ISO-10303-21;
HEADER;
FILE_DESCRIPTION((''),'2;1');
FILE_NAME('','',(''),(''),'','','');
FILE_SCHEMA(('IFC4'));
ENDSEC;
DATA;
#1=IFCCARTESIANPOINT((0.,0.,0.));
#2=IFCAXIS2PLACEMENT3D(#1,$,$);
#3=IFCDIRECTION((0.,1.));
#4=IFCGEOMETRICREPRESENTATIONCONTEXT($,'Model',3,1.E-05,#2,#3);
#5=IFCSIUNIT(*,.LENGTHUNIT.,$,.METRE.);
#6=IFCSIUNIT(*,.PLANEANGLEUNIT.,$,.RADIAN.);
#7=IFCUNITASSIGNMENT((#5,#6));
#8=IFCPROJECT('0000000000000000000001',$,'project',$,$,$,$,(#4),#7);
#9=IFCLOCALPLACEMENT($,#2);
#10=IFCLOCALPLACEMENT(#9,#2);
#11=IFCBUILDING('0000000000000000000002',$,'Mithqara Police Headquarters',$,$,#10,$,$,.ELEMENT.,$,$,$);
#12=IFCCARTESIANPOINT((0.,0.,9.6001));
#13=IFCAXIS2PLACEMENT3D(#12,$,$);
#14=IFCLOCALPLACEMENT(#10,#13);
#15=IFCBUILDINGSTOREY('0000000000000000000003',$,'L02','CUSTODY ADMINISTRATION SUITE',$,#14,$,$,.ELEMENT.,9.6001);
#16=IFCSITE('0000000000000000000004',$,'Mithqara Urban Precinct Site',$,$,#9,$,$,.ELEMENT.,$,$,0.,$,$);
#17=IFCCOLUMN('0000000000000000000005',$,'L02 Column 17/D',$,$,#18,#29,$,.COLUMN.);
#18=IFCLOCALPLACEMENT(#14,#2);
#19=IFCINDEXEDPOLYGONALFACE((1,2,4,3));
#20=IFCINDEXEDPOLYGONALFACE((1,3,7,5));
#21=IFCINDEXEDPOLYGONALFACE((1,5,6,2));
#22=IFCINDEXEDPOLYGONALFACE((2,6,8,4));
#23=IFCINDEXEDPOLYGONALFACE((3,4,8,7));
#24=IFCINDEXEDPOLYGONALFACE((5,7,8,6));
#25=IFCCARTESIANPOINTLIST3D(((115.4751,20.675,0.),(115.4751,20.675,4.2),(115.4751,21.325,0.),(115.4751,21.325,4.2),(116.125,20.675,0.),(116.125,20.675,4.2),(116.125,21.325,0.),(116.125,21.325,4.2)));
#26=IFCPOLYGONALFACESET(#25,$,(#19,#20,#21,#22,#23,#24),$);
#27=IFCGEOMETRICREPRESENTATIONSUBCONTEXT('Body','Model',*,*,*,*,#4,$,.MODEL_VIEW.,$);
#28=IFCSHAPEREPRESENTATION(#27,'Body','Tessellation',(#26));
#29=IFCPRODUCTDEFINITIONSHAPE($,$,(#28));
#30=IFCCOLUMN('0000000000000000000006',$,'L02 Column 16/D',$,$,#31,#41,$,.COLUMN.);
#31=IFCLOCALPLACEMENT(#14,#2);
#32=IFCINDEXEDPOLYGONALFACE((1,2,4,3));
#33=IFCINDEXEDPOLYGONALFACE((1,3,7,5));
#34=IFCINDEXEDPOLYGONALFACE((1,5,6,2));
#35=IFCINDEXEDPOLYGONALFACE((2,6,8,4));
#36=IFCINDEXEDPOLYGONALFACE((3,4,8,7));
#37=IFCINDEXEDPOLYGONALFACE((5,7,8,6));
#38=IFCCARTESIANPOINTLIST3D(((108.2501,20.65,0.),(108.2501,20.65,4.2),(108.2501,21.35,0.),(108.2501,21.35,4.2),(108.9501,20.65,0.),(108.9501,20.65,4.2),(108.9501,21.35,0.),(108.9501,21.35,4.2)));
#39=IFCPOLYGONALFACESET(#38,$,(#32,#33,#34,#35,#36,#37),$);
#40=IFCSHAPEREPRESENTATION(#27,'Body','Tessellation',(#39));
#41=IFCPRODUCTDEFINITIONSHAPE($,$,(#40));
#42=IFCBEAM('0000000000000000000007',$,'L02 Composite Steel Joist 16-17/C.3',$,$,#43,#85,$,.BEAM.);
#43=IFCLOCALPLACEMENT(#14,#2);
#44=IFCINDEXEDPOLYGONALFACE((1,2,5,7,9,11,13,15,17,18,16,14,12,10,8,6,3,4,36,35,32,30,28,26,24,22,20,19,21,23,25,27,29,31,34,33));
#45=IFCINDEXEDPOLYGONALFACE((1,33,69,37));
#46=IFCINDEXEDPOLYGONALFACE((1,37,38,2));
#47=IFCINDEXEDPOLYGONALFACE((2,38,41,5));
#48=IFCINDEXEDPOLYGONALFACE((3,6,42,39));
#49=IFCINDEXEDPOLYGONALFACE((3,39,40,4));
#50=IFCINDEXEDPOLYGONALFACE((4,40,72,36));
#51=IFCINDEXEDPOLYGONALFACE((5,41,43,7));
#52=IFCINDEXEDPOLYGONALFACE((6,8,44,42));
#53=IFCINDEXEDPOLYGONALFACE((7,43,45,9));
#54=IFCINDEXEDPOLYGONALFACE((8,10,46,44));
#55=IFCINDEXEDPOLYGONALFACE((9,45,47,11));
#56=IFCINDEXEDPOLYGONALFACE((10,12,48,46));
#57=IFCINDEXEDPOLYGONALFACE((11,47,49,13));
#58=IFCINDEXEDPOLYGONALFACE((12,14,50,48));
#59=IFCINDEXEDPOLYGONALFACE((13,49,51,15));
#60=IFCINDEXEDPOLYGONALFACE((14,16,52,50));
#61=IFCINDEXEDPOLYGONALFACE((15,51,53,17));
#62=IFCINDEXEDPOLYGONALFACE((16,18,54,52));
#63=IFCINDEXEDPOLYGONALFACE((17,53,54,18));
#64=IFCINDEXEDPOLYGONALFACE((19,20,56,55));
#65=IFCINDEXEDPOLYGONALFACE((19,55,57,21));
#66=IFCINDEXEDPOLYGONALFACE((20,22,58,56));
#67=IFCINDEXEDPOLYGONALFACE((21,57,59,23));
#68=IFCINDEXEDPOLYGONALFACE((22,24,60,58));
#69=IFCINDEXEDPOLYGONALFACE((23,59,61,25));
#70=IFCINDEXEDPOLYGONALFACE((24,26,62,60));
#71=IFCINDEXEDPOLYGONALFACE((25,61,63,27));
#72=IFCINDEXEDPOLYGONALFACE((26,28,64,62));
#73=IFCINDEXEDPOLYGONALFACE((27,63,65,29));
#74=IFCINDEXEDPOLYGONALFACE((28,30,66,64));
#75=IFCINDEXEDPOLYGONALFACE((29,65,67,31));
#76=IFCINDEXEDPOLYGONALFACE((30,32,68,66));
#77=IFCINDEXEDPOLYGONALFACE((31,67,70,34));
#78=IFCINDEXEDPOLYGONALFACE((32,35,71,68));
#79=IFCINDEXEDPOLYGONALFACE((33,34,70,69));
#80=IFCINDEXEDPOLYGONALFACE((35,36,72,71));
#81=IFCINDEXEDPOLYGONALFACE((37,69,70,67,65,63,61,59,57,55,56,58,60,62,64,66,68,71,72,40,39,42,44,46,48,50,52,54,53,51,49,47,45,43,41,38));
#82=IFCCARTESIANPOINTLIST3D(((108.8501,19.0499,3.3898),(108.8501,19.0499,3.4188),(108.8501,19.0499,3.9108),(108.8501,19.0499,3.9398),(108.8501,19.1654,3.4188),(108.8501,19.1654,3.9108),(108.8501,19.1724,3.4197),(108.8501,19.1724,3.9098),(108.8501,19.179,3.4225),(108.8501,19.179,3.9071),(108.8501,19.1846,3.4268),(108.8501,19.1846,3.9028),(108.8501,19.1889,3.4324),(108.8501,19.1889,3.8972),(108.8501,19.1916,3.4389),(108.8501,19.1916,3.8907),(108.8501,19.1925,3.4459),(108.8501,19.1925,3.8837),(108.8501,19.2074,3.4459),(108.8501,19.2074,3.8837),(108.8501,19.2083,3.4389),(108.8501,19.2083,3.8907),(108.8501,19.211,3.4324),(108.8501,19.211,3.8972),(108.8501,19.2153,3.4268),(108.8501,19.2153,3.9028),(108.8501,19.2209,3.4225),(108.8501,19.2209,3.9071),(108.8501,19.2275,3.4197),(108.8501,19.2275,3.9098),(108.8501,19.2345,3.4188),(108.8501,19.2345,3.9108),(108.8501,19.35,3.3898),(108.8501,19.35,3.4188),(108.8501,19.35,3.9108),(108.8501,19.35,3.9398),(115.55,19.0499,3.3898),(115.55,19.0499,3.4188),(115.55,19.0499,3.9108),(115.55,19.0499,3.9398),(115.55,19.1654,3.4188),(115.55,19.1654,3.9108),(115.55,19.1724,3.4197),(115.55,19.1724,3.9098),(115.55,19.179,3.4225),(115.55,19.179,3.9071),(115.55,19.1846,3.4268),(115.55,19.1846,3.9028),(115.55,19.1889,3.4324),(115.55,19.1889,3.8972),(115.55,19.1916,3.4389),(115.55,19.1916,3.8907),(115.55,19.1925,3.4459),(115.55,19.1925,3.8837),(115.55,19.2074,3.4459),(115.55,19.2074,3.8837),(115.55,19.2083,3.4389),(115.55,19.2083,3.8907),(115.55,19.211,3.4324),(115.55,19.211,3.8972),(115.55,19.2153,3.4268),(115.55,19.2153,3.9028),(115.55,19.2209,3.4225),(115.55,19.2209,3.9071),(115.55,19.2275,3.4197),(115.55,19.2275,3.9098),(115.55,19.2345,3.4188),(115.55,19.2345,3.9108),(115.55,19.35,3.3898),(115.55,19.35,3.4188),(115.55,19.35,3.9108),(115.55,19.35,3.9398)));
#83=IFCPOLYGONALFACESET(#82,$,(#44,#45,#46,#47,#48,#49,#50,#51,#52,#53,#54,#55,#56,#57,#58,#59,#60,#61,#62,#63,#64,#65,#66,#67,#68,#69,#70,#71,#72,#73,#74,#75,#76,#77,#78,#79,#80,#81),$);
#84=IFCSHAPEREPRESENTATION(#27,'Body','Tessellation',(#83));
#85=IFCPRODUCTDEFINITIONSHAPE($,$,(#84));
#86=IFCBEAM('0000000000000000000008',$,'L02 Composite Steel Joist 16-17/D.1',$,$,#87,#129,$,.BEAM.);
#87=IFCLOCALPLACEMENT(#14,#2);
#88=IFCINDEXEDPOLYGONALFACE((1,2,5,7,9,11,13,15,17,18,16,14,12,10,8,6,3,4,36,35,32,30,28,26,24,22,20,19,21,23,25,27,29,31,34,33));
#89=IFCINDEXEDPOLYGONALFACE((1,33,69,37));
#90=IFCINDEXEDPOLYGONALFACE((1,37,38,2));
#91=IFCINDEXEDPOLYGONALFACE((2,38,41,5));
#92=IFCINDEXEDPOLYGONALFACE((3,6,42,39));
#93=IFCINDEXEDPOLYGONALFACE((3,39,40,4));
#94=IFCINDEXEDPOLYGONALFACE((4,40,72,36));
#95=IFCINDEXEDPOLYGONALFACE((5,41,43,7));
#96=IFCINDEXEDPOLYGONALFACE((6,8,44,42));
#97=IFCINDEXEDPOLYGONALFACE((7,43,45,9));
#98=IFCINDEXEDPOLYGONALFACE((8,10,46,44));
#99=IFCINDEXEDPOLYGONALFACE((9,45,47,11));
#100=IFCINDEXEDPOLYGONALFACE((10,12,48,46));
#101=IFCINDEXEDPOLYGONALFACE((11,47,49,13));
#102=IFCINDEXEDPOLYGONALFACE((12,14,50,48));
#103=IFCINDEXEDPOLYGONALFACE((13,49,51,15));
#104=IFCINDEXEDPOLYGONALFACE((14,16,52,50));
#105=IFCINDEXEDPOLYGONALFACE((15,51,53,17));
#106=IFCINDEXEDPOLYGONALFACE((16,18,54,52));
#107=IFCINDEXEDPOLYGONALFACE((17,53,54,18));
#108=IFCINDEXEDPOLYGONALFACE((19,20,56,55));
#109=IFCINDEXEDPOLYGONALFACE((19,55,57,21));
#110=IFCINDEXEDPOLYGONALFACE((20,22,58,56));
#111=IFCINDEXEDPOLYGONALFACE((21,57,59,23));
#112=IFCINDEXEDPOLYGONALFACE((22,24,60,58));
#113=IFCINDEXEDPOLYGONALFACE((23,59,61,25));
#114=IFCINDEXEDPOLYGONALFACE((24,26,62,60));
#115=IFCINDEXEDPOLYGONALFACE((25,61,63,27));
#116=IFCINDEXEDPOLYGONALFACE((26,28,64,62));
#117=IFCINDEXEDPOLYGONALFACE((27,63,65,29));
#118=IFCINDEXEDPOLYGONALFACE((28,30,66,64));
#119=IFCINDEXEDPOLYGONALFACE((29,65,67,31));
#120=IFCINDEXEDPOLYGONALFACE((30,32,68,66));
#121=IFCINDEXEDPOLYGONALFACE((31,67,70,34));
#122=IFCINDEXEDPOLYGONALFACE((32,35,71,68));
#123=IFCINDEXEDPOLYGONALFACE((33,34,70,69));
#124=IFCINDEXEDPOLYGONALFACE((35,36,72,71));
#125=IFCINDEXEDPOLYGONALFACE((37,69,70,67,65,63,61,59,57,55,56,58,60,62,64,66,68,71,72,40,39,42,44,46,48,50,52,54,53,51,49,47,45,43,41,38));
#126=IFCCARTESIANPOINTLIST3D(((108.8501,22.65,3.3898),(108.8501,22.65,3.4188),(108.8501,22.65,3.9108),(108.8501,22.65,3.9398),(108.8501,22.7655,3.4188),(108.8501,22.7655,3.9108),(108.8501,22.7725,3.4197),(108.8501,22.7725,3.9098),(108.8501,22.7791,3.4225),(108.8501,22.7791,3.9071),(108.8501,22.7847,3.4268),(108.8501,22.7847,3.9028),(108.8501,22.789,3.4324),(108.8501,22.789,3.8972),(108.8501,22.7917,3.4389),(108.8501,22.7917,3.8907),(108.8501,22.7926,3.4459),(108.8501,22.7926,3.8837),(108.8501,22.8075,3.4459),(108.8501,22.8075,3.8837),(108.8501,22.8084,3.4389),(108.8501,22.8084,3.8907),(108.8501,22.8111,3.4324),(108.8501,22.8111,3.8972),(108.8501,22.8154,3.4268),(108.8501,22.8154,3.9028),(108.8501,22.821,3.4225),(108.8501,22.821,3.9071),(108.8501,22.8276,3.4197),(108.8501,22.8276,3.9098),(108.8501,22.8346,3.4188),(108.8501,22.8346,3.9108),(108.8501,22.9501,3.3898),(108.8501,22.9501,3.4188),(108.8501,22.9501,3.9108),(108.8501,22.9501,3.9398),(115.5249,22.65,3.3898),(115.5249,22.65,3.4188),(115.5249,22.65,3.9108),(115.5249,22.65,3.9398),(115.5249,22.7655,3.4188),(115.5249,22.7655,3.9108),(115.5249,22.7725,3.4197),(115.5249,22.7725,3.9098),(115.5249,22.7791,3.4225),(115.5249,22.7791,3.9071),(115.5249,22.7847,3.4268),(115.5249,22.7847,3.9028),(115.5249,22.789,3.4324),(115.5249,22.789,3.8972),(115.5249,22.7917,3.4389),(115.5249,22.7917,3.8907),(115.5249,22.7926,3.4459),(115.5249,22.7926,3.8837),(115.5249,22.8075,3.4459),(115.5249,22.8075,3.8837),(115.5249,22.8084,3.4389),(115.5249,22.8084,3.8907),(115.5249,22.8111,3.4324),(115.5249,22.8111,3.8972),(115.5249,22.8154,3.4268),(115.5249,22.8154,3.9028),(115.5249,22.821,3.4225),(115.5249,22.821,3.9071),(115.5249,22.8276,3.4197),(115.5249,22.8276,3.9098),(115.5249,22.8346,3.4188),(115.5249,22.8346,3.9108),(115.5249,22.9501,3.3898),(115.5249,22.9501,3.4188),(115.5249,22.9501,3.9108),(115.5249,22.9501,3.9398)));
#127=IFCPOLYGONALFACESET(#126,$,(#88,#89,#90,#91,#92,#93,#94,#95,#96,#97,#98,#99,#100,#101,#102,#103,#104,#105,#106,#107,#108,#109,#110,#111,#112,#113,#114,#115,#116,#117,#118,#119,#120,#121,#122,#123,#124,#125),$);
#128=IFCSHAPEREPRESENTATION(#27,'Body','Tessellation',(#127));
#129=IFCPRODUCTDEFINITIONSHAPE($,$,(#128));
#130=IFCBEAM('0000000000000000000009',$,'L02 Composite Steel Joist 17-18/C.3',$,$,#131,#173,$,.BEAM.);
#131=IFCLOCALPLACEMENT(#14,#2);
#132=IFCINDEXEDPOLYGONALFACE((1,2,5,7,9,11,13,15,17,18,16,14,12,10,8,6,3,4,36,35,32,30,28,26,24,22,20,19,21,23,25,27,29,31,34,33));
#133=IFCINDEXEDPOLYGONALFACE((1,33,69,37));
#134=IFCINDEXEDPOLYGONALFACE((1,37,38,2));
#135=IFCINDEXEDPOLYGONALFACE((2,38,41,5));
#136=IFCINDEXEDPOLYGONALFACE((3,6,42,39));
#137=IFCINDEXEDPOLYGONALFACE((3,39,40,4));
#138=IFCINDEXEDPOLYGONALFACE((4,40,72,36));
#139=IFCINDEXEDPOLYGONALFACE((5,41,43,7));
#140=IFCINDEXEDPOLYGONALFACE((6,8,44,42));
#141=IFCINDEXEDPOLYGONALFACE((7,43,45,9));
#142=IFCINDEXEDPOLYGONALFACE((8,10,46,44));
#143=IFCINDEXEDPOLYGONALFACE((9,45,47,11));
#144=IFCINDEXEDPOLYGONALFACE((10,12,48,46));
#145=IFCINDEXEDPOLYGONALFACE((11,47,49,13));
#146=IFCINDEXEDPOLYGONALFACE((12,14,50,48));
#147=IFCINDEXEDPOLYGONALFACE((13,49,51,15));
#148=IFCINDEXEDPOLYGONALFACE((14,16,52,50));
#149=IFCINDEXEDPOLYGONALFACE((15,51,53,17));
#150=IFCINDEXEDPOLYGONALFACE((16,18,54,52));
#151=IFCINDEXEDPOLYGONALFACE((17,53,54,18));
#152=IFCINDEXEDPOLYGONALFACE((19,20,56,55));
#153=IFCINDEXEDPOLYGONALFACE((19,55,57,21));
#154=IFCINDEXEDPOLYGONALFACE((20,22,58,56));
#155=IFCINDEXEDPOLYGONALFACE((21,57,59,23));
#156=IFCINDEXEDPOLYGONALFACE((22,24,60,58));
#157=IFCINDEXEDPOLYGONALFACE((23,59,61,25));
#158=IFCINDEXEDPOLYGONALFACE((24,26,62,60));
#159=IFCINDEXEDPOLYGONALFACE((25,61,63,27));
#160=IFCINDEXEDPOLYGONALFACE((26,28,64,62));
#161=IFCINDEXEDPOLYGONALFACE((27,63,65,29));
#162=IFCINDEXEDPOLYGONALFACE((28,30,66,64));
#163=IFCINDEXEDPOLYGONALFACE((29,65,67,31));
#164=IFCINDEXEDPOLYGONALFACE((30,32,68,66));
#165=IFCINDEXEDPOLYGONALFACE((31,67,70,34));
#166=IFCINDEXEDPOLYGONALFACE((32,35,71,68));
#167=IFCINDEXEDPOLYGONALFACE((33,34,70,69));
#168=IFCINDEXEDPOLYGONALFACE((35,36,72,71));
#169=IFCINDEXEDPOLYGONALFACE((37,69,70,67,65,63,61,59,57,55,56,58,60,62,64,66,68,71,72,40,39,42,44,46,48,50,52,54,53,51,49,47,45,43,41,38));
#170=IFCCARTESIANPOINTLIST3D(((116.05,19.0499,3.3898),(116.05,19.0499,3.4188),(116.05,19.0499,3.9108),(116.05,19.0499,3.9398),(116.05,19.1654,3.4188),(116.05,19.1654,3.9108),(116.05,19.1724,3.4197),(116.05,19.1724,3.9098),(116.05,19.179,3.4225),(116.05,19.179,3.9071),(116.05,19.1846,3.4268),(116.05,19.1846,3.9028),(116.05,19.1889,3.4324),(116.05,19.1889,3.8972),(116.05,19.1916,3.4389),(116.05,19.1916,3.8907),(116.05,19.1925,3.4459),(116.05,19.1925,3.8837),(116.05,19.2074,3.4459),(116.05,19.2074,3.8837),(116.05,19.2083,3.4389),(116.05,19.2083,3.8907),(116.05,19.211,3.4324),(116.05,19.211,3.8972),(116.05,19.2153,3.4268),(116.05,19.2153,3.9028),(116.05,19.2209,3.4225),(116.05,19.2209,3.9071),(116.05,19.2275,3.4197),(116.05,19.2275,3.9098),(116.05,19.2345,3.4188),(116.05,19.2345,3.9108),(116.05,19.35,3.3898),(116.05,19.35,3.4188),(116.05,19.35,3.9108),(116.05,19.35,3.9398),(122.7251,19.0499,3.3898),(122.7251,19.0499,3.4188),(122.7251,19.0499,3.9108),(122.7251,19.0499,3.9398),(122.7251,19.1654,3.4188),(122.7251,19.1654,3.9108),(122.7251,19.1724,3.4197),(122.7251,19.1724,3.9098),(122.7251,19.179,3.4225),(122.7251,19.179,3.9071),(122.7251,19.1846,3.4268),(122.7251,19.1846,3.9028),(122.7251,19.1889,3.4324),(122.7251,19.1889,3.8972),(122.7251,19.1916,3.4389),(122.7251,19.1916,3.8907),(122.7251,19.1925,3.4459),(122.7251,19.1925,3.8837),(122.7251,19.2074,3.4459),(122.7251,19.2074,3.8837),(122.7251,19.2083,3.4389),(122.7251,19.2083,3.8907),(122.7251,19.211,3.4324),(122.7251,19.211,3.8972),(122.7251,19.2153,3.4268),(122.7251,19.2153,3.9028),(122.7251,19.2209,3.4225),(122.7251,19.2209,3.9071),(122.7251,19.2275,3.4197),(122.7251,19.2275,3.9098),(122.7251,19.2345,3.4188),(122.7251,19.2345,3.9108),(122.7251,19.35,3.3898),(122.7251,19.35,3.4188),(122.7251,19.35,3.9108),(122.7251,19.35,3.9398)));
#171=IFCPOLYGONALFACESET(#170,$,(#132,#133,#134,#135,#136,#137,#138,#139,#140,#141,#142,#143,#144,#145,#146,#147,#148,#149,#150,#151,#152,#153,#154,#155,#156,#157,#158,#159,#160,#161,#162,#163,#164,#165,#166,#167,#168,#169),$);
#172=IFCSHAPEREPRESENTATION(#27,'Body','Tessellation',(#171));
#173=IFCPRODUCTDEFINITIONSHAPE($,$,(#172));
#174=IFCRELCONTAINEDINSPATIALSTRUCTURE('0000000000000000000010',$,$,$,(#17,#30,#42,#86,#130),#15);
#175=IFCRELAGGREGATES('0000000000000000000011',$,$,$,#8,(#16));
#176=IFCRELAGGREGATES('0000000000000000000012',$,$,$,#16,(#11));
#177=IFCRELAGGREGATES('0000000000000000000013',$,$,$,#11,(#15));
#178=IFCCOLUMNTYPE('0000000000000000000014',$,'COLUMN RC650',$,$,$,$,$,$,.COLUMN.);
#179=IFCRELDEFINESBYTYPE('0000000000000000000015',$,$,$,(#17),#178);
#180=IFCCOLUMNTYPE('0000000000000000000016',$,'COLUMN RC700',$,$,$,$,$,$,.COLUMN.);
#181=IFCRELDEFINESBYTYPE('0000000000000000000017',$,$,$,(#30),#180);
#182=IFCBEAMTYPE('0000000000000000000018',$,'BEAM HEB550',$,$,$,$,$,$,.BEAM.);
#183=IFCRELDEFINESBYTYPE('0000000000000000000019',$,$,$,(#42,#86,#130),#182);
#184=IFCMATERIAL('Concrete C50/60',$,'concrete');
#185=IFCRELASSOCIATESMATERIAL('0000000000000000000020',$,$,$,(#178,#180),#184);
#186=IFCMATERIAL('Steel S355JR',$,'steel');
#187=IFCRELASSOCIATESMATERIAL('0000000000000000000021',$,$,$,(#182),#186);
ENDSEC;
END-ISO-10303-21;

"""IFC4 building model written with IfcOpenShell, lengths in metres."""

from ifc_helpers import new_model, si_unit, direction, frame, origin, origin_2d, place, context, subcontext, project, spatial, rectangle, i_section, extrude, material, material_profile, profile_set, type_object, element, save


model = new_model("IFC4")

# Units and contexts
model_context = context("Model", 3, precision=1e-05, world=origin(), true_north=direction((0.0, 1.0)))
body_context = subcontext(model_context, "Body", "Model", "MODEL_VIEW")
ifc_project = project(units=[si_unit("LENGTHUNIT", "METRE"), si_unit("PLANEANGLEUNIT", "RADIAN")], contexts=[model_context])

# Site, building, storey
site_placement = place(None, origin())
site = spatial("IfcSite", under=ifc_project, at=site_placement, Name="Mithqara Urban Precinct Site", CompositionType="ELEMENT", RefElevation=0.0)
building_placement = place(site_placement, origin())
building = spatial("IfcBuilding", under=site, at=building_placement, Name="Mithqara Police Headquarters", CompositionType="ELEMENT")
storey_placement = place(building_placement, frame((0.0, 0.0, 9.6001)))
storey = spatial("IfcBuildingStorey", under=building, at=storey_placement, Name="L02", Description="CUSTODY ADMINISTRATION SUITE", CompositionType="ELEMENT", Elevation=9.6001)

# Columns
ifc_material_1 = material(Name="Concrete C50/60", Category="concrete")
ifc_material_profile_1 = material_profile(ifc_material_1, rectangle(XDim=0.6499, YDim=0.6499, at=origin_2d()), Name="RC 650x650")
ifc_profile_set_1 = profile_set([ifc_material_profile_1], Name="Concrete C50/60")
column_type_1 = type_object("IfcColumnType", Name="COLUMN RC650", PredefinedType="COLUMN", material=ifc_profile_set_1)
column_1_placement = place(storey_placement, frame((115.8, 21.0, 0.0), z_axis=(0.0, 0.0, 1.0), x_axis=(1.0, 0.0, 0.0)))
element("IfcColumn", 1, at=column_1_placement, inside=storey, type_object=column_type_1, Name="L02 Column 17/D", PredefinedType="COLUMN", context=body_context, shape_type="SweptSolid", body=[
    extrude(rectangle(XDim=0.6499, YDim=0.6499, at=origin_2d()), origin(), (0.0, 0.0, 1.0), 4.2),
])
ifc_material_profile_2 = material_profile(ifc_material_1, rectangle(XDim=0.7, YDim=0.7, at=origin_2d()), Name="RC 700x700")
ifc_profile_set_2 = profile_set([ifc_material_profile_2], Name="Concrete C50/60")
column_type_2 = type_object("IfcColumnType", Name="COLUMN RC700", PredefinedType="COLUMN", material=ifc_profile_set_2)
column_2_placement = place(storey_placement, frame((108.6001, 21.0, 0.0), z_axis=(0.0, 0.0, 1.0), x_axis=(1.0, 0.0, 0.0)))
element("IfcColumn", 2, at=column_2_placement, inside=storey, type_object=column_type_2, Name="L02 Column 16/D", PredefinedType="COLUMN", context=body_context, shape_type="SweptSolid", body=[
    extrude(rectangle(XDim=0.7, YDim=0.7, at=origin_2d()), origin(), (0.0, 0.0, 1.0), 4.2),
])

# Beams
ifc_material_2 = material(Name="Steel S355JR", Category="steel")
ifc_material_profile_3 = material_profile(ifc_material_2, i_section(OverallWidth=0.3, OverallDepth=0.55, WebThickness=0.0149, FlangeThickness=0.0291, FilletRadius=0.0271, at=origin_2d()), Name="HEB 550")
ifc_profile_set_3 = profile_set([ifc_material_profile_3], Name="Steel S355JR")
beam_type_1 = type_object("IfcBeamType", Name="BEAM HEB550", PredefinedType="BEAM", material=ifc_profile_set_3)
beam_1_placement = place(storey_placement, frame((108.8501, 19.2, 3.6648), z_axis=(1.0, 0.0, 0.0), x_axis=(0.0, 1.0, 0.0)))
element("IfcBeam", 3, at=beam_1_placement, inside=storey, type_object=beam_type_1, Name="L02 Composite Steel Joist 16-17/C.3", PredefinedType="BEAM", context=body_context, shape_type="SweptSolid", body=[
    extrude(i_section(OverallWidth=0.3, OverallDepth=0.55, WebThickness=0.0149, FlangeThickness=0.0291, FilletRadius=0.0271, at=origin_2d()), origin(), (0.0, 0.0, 1.0), 6.7),
])
beam_2_placement = place(storey_placement, frame((108.8501, 22.8, 3.6648), z_axis=(1.0, 0.0, 0.0), x_axis=(0.0, 1.0, 0.0)))
element("IfcBeam", 4, at=beam_2_placement, inside=storey, type_object=beam_type_1, Name="L02 Composite Steel Joist 16-17/D.1", PredefinedType="BEAM", context=body_context, shape_type="SweptSolid", body=[
    extrude(i_section(OverallWidth=0.3, OverallDepth=0.55, WebThickness=0.0149, FlangeThickness=0.0291, FilletRadius=0.0271, at=origin_2d()), origin(), (0.0, 0.0, 1.0), 6.6748),
])
beam_3_placement = place(storey_placement, frame((116.05, 19.2, 3.6648), z_axis=(1.0, 0.0, 0.0), x_axis=(0.0, 1.0, 0.0)))
element("IfcBeam", 5, at=beam_3_placement, inside=storey, type_object=beam_type_1, Name="L02 Composite Steel Joist 17-18/C.3", PredefinedType="BEAM", context=body_context, shape_type="SweptSolid", body=[
    extrude(i_section(OverallWidth=0.3, OverallDepth=0.55, WebThickness=0.0149, FlangeThickness=0.0291, FilletRadius=0.0271, at=origin_2d()), origin(), (0.0, 0.0, 1.0), 6.675),
])

save(model, "model.ifc")
